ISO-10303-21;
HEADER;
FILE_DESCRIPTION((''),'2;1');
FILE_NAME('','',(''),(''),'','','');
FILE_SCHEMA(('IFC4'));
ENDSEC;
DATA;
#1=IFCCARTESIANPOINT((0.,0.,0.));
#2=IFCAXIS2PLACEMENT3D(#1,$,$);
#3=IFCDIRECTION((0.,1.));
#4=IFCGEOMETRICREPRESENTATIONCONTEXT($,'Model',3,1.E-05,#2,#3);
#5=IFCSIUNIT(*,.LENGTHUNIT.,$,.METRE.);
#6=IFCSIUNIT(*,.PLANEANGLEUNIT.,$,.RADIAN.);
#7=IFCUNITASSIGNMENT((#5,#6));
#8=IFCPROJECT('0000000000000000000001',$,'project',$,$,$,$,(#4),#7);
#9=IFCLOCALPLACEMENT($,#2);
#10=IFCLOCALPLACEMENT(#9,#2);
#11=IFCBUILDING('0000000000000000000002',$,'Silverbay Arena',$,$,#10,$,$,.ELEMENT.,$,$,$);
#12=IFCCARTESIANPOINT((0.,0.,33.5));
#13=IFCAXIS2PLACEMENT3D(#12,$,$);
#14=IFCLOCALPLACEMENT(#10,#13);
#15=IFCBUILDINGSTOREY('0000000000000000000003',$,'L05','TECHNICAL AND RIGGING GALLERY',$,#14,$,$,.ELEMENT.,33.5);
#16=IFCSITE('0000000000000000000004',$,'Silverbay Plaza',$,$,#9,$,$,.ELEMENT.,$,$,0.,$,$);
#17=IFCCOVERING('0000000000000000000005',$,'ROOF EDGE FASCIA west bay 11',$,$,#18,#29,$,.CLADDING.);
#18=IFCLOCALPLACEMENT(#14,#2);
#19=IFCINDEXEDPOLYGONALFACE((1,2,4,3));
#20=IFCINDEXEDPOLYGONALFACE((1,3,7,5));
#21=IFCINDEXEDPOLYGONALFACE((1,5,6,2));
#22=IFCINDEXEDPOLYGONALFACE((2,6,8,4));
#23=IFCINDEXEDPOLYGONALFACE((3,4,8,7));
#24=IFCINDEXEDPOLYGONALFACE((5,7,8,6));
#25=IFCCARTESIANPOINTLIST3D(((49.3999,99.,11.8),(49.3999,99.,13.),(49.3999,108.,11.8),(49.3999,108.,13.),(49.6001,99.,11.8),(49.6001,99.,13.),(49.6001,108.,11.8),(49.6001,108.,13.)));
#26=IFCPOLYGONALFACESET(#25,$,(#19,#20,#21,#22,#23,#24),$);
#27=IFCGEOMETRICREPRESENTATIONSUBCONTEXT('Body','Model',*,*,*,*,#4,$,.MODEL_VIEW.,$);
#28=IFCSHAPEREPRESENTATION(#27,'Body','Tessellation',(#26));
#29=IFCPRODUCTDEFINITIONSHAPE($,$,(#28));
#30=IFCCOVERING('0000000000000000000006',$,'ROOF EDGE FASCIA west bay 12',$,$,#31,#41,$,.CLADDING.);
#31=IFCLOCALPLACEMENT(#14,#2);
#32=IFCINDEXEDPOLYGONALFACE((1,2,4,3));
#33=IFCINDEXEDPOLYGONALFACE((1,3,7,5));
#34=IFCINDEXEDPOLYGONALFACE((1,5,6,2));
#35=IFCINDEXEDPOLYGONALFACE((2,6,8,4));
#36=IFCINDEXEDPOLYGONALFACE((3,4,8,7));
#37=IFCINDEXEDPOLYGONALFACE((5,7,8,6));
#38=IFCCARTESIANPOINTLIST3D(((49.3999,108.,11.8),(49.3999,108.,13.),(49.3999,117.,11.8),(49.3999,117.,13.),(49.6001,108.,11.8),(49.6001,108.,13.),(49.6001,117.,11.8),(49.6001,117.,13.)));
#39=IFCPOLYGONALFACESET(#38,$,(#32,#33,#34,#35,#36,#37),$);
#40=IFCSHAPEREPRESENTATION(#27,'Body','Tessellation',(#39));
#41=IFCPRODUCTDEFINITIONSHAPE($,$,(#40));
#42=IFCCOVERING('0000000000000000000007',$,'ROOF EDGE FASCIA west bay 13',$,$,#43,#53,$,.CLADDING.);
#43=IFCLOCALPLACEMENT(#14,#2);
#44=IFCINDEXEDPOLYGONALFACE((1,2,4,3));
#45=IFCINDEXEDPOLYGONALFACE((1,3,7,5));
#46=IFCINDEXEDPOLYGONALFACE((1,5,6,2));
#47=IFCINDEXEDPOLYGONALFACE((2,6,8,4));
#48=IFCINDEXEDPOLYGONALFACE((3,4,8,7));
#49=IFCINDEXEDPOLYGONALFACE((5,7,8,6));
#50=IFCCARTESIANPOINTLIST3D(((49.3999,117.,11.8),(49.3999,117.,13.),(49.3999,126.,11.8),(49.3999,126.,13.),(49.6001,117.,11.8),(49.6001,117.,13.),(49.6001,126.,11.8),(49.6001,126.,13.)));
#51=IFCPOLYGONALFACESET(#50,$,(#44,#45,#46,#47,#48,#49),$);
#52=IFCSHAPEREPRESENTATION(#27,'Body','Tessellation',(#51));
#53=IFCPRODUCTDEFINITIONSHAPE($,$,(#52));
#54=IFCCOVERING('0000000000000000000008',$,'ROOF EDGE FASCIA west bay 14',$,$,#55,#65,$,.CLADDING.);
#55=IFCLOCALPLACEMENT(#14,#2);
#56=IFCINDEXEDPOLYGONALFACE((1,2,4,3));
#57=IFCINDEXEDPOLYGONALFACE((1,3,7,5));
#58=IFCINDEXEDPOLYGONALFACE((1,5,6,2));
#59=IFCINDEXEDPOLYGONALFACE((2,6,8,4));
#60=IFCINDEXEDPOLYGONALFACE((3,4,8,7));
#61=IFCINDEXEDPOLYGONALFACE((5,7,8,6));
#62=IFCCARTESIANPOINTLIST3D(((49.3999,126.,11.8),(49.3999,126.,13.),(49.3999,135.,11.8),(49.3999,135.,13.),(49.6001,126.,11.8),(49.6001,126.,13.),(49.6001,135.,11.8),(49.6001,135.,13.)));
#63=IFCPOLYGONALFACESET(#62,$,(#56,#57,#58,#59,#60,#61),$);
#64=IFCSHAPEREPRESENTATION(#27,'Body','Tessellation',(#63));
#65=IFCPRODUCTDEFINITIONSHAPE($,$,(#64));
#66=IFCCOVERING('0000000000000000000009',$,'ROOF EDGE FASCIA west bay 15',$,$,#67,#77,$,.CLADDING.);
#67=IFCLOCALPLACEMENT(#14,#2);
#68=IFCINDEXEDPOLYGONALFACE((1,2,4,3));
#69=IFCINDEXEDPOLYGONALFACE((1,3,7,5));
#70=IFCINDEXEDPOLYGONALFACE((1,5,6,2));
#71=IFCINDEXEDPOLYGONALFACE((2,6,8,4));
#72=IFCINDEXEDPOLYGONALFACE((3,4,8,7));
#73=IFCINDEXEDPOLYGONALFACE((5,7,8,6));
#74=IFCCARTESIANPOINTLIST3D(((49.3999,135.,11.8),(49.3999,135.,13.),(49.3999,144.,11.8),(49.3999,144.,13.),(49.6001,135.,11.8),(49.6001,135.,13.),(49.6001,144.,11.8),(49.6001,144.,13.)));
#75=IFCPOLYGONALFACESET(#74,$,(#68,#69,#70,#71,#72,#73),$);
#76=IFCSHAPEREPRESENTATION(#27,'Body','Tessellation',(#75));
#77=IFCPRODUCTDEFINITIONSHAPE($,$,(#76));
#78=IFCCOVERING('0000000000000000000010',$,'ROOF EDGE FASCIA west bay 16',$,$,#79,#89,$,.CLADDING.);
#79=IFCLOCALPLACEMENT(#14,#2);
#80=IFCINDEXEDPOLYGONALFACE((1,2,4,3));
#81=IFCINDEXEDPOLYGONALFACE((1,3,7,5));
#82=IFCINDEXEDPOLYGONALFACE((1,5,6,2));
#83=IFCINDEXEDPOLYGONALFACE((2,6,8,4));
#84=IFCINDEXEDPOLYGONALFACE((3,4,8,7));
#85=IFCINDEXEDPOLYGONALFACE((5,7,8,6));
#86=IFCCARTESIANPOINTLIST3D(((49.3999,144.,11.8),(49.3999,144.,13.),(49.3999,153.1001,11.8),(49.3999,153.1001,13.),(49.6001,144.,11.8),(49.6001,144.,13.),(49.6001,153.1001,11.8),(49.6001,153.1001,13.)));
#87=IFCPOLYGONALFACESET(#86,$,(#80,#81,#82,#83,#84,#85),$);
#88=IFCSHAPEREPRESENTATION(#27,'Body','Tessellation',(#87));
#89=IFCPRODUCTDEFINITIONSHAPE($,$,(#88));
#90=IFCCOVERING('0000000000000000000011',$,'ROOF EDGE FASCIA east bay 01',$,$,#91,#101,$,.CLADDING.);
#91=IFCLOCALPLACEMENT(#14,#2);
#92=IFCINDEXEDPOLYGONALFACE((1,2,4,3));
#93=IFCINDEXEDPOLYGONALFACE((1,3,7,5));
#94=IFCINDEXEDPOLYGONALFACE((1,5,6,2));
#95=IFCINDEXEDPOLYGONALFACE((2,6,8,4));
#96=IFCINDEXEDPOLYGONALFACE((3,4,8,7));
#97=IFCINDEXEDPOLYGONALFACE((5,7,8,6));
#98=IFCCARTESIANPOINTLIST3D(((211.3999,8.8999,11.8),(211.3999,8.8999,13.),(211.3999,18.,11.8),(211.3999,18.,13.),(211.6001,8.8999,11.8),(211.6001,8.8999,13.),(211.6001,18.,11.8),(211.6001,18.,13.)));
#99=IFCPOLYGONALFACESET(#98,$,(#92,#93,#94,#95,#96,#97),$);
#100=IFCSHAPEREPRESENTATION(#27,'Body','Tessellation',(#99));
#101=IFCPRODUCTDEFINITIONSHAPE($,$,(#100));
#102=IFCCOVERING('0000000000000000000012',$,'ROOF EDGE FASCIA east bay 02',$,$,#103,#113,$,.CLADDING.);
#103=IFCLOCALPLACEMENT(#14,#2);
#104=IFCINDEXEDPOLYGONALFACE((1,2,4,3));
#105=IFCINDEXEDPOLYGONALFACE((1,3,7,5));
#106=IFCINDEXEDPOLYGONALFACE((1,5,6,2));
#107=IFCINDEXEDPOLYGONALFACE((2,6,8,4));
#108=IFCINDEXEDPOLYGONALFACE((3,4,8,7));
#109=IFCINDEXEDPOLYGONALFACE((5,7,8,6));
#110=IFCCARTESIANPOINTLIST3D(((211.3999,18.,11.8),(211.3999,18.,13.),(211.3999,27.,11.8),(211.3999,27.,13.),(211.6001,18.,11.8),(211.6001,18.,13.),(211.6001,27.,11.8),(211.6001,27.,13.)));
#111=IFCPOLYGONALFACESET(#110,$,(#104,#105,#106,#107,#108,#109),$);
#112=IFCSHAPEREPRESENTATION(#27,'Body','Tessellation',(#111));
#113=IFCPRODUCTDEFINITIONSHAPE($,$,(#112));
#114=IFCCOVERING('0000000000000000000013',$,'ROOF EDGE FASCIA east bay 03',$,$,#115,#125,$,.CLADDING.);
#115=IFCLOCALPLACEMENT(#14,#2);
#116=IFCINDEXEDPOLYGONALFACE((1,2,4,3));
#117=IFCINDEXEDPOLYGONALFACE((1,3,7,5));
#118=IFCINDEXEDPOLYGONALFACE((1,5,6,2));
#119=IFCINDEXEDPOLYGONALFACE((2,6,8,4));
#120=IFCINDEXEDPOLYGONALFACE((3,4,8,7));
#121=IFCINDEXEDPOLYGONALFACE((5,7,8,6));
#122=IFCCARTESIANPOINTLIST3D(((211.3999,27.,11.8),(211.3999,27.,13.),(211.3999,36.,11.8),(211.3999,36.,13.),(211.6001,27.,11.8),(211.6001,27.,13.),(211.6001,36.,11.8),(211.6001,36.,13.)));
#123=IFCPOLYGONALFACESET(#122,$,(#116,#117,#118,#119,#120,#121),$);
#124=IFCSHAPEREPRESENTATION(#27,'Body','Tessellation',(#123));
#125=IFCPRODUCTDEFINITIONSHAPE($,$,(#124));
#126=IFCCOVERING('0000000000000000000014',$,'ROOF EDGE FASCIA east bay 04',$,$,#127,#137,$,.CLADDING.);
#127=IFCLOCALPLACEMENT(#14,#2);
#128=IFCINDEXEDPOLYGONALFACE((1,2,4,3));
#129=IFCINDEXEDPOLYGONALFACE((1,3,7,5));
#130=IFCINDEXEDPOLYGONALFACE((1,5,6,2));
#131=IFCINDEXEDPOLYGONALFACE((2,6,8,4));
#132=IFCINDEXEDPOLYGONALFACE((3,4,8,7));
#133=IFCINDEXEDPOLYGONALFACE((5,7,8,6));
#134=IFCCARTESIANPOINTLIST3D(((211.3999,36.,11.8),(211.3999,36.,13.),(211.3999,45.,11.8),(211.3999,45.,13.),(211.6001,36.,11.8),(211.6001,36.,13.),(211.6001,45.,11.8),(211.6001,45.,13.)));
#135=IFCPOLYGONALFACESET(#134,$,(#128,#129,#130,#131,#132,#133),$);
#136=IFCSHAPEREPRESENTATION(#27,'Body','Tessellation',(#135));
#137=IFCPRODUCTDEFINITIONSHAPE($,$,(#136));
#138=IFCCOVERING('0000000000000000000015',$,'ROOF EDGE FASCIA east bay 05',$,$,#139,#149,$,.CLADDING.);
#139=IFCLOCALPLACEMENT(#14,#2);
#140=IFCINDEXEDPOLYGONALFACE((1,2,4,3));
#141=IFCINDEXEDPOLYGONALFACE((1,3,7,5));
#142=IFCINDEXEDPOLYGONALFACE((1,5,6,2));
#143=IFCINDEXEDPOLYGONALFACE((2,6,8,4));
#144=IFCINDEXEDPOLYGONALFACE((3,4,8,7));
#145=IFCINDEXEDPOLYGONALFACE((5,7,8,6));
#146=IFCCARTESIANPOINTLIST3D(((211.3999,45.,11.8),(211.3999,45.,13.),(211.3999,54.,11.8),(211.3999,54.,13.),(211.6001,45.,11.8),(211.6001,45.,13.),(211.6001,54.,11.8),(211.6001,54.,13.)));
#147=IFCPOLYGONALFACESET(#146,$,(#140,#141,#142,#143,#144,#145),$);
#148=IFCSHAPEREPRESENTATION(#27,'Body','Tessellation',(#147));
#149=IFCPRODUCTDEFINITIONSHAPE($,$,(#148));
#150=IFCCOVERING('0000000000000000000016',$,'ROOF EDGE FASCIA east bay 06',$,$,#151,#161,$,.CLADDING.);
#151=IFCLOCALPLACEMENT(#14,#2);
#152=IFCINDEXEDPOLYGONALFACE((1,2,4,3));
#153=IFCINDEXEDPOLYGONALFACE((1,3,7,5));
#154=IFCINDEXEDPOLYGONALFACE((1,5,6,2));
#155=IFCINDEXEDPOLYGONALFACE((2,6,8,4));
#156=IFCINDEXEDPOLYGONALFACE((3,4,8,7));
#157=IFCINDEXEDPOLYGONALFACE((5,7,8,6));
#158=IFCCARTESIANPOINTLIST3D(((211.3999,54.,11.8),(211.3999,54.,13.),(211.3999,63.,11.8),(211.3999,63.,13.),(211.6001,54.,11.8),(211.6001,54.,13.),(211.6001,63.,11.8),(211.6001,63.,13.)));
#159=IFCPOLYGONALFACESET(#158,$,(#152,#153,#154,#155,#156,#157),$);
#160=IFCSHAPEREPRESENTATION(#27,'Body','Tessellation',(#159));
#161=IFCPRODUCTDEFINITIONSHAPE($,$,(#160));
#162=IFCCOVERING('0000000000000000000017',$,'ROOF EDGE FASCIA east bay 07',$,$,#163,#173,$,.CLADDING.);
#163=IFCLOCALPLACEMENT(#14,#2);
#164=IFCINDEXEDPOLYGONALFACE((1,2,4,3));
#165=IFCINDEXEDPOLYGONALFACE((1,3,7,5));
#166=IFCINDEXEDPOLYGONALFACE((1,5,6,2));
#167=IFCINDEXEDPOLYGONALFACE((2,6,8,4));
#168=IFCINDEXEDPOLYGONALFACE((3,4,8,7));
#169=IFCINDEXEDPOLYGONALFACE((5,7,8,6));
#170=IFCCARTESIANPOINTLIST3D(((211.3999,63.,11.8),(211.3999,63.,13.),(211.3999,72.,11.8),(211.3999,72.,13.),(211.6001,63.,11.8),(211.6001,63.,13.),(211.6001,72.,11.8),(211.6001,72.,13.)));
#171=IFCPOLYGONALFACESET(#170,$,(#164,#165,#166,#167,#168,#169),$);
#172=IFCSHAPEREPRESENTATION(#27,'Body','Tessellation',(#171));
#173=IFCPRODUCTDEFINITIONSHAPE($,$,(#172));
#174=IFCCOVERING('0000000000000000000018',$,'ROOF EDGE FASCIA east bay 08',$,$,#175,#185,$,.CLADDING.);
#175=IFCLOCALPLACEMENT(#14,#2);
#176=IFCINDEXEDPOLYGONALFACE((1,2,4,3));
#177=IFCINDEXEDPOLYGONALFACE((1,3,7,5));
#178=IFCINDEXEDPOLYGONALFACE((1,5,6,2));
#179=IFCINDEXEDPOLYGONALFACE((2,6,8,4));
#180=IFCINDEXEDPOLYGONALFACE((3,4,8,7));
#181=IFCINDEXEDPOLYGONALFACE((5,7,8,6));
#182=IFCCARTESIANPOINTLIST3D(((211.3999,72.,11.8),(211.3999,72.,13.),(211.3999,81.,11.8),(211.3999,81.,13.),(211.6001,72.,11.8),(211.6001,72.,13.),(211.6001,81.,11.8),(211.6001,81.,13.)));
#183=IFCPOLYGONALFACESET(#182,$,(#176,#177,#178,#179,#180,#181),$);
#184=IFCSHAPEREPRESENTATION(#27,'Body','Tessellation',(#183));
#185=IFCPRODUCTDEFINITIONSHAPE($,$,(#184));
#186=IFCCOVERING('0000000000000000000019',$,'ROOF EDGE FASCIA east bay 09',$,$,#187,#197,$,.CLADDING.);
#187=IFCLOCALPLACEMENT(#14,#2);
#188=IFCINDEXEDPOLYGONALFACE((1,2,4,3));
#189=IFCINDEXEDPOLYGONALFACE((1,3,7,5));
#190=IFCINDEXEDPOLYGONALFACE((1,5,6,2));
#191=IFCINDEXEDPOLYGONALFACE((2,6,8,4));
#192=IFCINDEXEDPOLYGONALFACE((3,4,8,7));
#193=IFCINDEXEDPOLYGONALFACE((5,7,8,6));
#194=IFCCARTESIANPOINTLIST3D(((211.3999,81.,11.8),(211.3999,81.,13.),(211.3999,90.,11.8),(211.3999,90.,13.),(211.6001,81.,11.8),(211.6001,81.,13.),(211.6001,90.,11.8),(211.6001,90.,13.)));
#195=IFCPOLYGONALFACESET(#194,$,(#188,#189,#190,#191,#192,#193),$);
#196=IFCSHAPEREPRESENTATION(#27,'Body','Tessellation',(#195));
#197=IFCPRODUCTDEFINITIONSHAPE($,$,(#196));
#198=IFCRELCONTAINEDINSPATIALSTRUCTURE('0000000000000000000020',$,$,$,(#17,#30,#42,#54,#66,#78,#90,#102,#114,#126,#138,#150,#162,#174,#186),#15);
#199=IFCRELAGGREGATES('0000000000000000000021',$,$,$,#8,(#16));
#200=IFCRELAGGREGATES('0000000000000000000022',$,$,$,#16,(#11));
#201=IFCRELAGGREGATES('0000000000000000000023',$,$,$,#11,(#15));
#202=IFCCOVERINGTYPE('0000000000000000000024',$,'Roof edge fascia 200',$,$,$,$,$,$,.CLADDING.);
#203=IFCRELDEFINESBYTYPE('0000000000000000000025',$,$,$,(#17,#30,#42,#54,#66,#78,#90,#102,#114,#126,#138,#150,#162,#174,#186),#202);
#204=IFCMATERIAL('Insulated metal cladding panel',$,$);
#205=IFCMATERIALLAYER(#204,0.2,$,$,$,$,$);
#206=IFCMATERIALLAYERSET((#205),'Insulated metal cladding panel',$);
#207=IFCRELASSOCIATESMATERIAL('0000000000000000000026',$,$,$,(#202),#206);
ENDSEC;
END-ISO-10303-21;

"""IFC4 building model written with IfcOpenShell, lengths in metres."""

from ifc_helpers import new_model, si_unit, direction, frame, origin, place, context, subcontext, project, spatial, polyline, outline, extrude, material, layer, layer_set, type_object, element, save


model = new_model("IFC4")

# Units and contexts
model_context = context("Model", 3, precision=1e-05, world=origin(), true_north=direction((0.0, 1.0)))
body_context = subcontext(model_context, "Body", "Model", "MODEL_VIEW")
ifc_project = project(units=[si_unit("LENGTHUNIT", "METRE"), si_unit("PLANEANGLEUNIT", "RADIAN")], contexts=[model_context])

# Site, building, storey
site_placement = place(None, origin())
site = spatial("IfcSite", under=ifc_project, at=site_placement, Name="Silverbay Plaza", CompositionType="ELEMENT", RefElevation=0.0)
building_placement = place(site_placement, origin())
building = spatial("IfcBuilding", under=site, at=building_placement, Name="Silverbay Arena", CompositionType="ELEMENT")
storey_placement = place(building_placement, frame((0.0, 0.0, 33.5)))
storey = spatial("IfcBuildingStorey", under=building, at=storey_placement, Name="L05", Description="TECHNICAL AND RIGGING GALLERY", CompositionType="ELEMENT", Elevation=33.5)

# Coverings
ifc_material = material(Name="Insulated metal cladding panel")
ifc_layer = layer(ifc_material, 0.2)
ifc_layer_set = layer_set([ifc_layer], Name="Insulated metal cladding panel")
covering_type = type_object("IfcCoveringType", Name="Roof edge fascia 200", PredefinedType="CLADDING", material=ifc_layer_set)
covering_1_placement = place(storey_placement, frame((0.0, 0.0, 11.8)))
element("IfcCovering", 1, at=covering_1_placement, inside=storey, type_object=covering_type, Name="ROOF EDGE FASCIA west bay 11", PredefinedType="CLADDING", context=body_context, shape_type="SweptSolid", body=[
    extrude(outline(polyline([(49.3999, 99.0), (49.6001, 99.0), (49.6001, 108.0), (49.3999, 108.0), (49.3999, 99.0)])), origin(), (0.0, 0.0, 1.0), 1.2),
])
covering_2_placement = place(storey_placement, frame((0.0, 0.0, 11.8)))
element("IfcCovering", 2, at=covering_2_placement, inside=storey, type_object=covering_type, Name="ROOF EDGE FASCIA west bay 12", PredefinedType="CLADDING", context=body_context, shape_type="SweptSolid", body=[
    extrude(outline(polyline([(49.3999, 108.0), (49.6001, 108.0), (49.6001, 117.0), (49.3999, 117.0), (49.3999, 108.0)])), origin(), (0.0, 0.0, 1.0), 1.2),
])
covering_3_placement = place(storey_placement, frame((0.0, 0.0, 11.8)))
element("IfcCovering", 3, at=covering_3_placement, inside=storey, type_object=covering_type, Name="ROOF EDGE FASCIA west bay 13", PredefinedType="CLADDING", context=body_context, shape_type="SweptSolid", body=[
    extrude(outline(polyline([(49.3999, 117.0), (49.6001, 117.0), (49.6001, 126.0), (49.3999, 126.0), (49.3999, 117.0)])), origin(), (0.0, 0.0, 1.0), 1.2),
])
covering_4_placement = place(storey_placement, frame((0.0, 0.0, 11.8)))
element("IfcCovering", 4, at=covering_4_placement, inside=storey, type_object=covering_type, Name="ROOF EDGE FASCIA west bay 14", PredefinedType="CLADDING", context=body_context, shape_type="SweptSolid", body=[
    extrude(outline(polyline([(49.3999, 126.0), (49.6001, 126.0), (49.6001, 135.0), (49.3999, 135.0), (49.3999, 126.0)])), origin(), (0.0, 0.0, 1.0), 1.2),
])
covering_5_placement = place(storey_placement, frame((0.0, 0.0, 11.8)))
element("IfcCovering", 5, at=covering_5_placement, inside=storey, type_object=covering_type, Name="ROOF EDGE FASCIA west bay 15", PredefinedType="CLADDING", context=body_context, shape_type="SweptSolid", body=[
    extrude(outline(polyline([(49.3999, 135.0), (49.6001, 135.0), (49.6001, 144.0), (49.3999, 144.0), (49.3999, 135.0)])), origin(), (0.0, 0.0, 1.0), 1.2),
])
covering_6_placement = place(storey_placement, frame((0.0, 0.0, 11.8)))
element("IfcCovering", 6, at=covering_6_placement, inside=storey, type_object=covering_type, Name="ROOF EDGE FASCIA west bay 16", PredefinedType="CLADDING", context=body_context, shape_type="SweptSolid", body=[
    extrude(outline(polyline([(49.3999, 144.0), (49.6001, 144.0), (49.6001, 153.1001), (49.3999, 153.1001), (49.3999, 144.0)])), origin(), (0.0, 0.0, 1.0), 1.2),
])
covering_7_placement = place(storey_placement, frame((0.0, 0.0, 11.8)))
element("IfcCovering", 7, at=covering_7_placement, inside=storey, type_object=covering_type, Name="ROOF EDGE FASCIA east bay 01", PredefinedType="CLADDING", context=body_context, shape_type="SweptSolid", body=[
    extrude(outline(polyline([(211.3999, 8.8999), (211.6001, 8.8999), (211.6001, 18.0), (211.3999, 18.0), (211.3999, 8.8999)])), origin(), (0.0, 0.0, 1.0), 1.2),
])
covering_8_placement = place(storey_placement, frame((0.0, 0.0, 11.8)))
element("IfcCovering", 8, at=covering_8_placement, inside=storey, type_object=covering_type, Name="ROOF EDGE FASCIA east bay 02", PredefinedType="CLADDING", context=body_context, shape_type="SweptSolid", body=[
    extrude(outline(polyline([(211.3999, 18.0), (211.6001, 18.0), (211.6001, 27.0), (211.3999, 27.0), (211.3999, 18.0)])), origin(), (0.0, 0.0, 1.0), 1.2),
])
covering_9_placement = place(storey_placement, frame((0.0, 0.0, 11.8)))
element("IfcCovering", 9, at=covering_9_placement, inside=storey, type_object=covering_type, Name="ROOF EDGE FASCIA east bay 03", PredefinedType="CLADDING", context=body_context, shape_type="SweptSolid", body=[
    extrude(outline(polyline([(211.3999, 27.0), (211.6001, 27.0), (211.6001, 36.0), (211.3999, 36.0), (211.3999, 27.0)])), origin(), (0.0, 0.0, 1.0), 1.2),
])
covering_10_placement = place(storey_placement, frame((0.0, 0.0, 11.8)))
element("IfcCovering", 10, at=covering_10_placement, inside=storey, type_object=covering_type, Name="ROOF EDGE FASCIA east bay 04", PredefinedType="CLADDING", context=body_context, shape_type="SweptSolid", body=[
    extrude(outline(polyline([(211.3999, 36.0), (211.6001, 36.0), (211.6001, 45.0), (211.3999, 45.0), (211.3999, 36.0)])), origin(), (0.0, 0.0, 1.0), 1.2),
])
covering_11_placement = place(storey_placement, frame((0.0, 0.0, 11.8)))
element("IfcCovering", 11, at=covering_11_placement, inside=storey, type_object=covering_type, Name="ROOF EDGE FASCIA east bay 05", PredefinedType="CLADDING", context=body_context, shape_type="SweptSolid", body=[
    extrude(outline(polyline([(211.3999, 45.0), (211.6001, 45.0), (211.6001, 54.0), (211.3999, 54.0), (211.3999, 45.0)])), origin(), (0.0, 0.0, 1.0), 1.2),
])
covering_12_placement = place(storey_placement, frame((0.0, 0.0, 11.8)))
element("IfcCovering", 12, at=covering_12_placement, inside=storey, type_object=covering_type, Name="ROOF EDGE FASCIA east bay 06", PredefinedType="CLADDING", context=body_context, shape_type="SweptSolid", body=[
    extrude(outline(polyline([(211.3999, 54.0), (211.6001, 54.0), (211.6001, 63.0), (211.3999, 63.0), (211.3999, 54.0)])), origin(), (0.0, 0.0, 1.0), 1.2),
])
covering_13_placement = place(storey_placement, frame((0.0, 0.0, 11.8)))
element("IfcCovering", 13, at=covering_13_placement, inside=storey, type_object=covering_type, Name="ROOF EDGE FASCIA east bay 07", PredefinedType="CLADDING", context=body_context, shape_type="SweptSolid", body=[
    extrude(outline(polyline([(211.3999, 63.0), (211.6001, 63.0), (211.6001, 72.0), (211.3999, 72.0), (211.3999, 63.0)])), origin(), (0.0, 0.0, 1.0), 1.2),
])
covering_14_placement = place(storey_placement, frame((0.0, 0.0, 11.8)))
element("IfcCovering", 14, at=covering_14_placement, inside=storey, type_object=covering_type, Name="ROOF EDGE FASCIA east bay 08", PredefinedType="CLADDING", context=body_context, shape_type="SweptSolid", body=[
    extrude(outline(polyline([(211.3999, 72.0), (211.6001, 72.0), (211.6001, 81.0), (211.3999, 81.0), (211.3999, 72.0)])), origin(), (0.0, 0.0, 1.0), 1.2),
])
covering_15_placement = place(storey_placement, frame((0.0, 0.0, 11.8)))
element("IfcCovering", 15, at=covering_15_placement, inside=storey, type_object=covering_type, Name="ROOF EDGE FASCIA east bay 09", PredefinedType="CLADDING", context=body_context, shape_type="SweptSolid", body=[
    extrude(outline(polyline([(211.3999, 81.0), (211.6001, 81.0), (211.6001, 90.0), (211.3999, 90.0), (211.3999, 81.0)])), origin(), (0.0, 0.0, 1.0), 1.2),
])

save(model, "model.ifc")
